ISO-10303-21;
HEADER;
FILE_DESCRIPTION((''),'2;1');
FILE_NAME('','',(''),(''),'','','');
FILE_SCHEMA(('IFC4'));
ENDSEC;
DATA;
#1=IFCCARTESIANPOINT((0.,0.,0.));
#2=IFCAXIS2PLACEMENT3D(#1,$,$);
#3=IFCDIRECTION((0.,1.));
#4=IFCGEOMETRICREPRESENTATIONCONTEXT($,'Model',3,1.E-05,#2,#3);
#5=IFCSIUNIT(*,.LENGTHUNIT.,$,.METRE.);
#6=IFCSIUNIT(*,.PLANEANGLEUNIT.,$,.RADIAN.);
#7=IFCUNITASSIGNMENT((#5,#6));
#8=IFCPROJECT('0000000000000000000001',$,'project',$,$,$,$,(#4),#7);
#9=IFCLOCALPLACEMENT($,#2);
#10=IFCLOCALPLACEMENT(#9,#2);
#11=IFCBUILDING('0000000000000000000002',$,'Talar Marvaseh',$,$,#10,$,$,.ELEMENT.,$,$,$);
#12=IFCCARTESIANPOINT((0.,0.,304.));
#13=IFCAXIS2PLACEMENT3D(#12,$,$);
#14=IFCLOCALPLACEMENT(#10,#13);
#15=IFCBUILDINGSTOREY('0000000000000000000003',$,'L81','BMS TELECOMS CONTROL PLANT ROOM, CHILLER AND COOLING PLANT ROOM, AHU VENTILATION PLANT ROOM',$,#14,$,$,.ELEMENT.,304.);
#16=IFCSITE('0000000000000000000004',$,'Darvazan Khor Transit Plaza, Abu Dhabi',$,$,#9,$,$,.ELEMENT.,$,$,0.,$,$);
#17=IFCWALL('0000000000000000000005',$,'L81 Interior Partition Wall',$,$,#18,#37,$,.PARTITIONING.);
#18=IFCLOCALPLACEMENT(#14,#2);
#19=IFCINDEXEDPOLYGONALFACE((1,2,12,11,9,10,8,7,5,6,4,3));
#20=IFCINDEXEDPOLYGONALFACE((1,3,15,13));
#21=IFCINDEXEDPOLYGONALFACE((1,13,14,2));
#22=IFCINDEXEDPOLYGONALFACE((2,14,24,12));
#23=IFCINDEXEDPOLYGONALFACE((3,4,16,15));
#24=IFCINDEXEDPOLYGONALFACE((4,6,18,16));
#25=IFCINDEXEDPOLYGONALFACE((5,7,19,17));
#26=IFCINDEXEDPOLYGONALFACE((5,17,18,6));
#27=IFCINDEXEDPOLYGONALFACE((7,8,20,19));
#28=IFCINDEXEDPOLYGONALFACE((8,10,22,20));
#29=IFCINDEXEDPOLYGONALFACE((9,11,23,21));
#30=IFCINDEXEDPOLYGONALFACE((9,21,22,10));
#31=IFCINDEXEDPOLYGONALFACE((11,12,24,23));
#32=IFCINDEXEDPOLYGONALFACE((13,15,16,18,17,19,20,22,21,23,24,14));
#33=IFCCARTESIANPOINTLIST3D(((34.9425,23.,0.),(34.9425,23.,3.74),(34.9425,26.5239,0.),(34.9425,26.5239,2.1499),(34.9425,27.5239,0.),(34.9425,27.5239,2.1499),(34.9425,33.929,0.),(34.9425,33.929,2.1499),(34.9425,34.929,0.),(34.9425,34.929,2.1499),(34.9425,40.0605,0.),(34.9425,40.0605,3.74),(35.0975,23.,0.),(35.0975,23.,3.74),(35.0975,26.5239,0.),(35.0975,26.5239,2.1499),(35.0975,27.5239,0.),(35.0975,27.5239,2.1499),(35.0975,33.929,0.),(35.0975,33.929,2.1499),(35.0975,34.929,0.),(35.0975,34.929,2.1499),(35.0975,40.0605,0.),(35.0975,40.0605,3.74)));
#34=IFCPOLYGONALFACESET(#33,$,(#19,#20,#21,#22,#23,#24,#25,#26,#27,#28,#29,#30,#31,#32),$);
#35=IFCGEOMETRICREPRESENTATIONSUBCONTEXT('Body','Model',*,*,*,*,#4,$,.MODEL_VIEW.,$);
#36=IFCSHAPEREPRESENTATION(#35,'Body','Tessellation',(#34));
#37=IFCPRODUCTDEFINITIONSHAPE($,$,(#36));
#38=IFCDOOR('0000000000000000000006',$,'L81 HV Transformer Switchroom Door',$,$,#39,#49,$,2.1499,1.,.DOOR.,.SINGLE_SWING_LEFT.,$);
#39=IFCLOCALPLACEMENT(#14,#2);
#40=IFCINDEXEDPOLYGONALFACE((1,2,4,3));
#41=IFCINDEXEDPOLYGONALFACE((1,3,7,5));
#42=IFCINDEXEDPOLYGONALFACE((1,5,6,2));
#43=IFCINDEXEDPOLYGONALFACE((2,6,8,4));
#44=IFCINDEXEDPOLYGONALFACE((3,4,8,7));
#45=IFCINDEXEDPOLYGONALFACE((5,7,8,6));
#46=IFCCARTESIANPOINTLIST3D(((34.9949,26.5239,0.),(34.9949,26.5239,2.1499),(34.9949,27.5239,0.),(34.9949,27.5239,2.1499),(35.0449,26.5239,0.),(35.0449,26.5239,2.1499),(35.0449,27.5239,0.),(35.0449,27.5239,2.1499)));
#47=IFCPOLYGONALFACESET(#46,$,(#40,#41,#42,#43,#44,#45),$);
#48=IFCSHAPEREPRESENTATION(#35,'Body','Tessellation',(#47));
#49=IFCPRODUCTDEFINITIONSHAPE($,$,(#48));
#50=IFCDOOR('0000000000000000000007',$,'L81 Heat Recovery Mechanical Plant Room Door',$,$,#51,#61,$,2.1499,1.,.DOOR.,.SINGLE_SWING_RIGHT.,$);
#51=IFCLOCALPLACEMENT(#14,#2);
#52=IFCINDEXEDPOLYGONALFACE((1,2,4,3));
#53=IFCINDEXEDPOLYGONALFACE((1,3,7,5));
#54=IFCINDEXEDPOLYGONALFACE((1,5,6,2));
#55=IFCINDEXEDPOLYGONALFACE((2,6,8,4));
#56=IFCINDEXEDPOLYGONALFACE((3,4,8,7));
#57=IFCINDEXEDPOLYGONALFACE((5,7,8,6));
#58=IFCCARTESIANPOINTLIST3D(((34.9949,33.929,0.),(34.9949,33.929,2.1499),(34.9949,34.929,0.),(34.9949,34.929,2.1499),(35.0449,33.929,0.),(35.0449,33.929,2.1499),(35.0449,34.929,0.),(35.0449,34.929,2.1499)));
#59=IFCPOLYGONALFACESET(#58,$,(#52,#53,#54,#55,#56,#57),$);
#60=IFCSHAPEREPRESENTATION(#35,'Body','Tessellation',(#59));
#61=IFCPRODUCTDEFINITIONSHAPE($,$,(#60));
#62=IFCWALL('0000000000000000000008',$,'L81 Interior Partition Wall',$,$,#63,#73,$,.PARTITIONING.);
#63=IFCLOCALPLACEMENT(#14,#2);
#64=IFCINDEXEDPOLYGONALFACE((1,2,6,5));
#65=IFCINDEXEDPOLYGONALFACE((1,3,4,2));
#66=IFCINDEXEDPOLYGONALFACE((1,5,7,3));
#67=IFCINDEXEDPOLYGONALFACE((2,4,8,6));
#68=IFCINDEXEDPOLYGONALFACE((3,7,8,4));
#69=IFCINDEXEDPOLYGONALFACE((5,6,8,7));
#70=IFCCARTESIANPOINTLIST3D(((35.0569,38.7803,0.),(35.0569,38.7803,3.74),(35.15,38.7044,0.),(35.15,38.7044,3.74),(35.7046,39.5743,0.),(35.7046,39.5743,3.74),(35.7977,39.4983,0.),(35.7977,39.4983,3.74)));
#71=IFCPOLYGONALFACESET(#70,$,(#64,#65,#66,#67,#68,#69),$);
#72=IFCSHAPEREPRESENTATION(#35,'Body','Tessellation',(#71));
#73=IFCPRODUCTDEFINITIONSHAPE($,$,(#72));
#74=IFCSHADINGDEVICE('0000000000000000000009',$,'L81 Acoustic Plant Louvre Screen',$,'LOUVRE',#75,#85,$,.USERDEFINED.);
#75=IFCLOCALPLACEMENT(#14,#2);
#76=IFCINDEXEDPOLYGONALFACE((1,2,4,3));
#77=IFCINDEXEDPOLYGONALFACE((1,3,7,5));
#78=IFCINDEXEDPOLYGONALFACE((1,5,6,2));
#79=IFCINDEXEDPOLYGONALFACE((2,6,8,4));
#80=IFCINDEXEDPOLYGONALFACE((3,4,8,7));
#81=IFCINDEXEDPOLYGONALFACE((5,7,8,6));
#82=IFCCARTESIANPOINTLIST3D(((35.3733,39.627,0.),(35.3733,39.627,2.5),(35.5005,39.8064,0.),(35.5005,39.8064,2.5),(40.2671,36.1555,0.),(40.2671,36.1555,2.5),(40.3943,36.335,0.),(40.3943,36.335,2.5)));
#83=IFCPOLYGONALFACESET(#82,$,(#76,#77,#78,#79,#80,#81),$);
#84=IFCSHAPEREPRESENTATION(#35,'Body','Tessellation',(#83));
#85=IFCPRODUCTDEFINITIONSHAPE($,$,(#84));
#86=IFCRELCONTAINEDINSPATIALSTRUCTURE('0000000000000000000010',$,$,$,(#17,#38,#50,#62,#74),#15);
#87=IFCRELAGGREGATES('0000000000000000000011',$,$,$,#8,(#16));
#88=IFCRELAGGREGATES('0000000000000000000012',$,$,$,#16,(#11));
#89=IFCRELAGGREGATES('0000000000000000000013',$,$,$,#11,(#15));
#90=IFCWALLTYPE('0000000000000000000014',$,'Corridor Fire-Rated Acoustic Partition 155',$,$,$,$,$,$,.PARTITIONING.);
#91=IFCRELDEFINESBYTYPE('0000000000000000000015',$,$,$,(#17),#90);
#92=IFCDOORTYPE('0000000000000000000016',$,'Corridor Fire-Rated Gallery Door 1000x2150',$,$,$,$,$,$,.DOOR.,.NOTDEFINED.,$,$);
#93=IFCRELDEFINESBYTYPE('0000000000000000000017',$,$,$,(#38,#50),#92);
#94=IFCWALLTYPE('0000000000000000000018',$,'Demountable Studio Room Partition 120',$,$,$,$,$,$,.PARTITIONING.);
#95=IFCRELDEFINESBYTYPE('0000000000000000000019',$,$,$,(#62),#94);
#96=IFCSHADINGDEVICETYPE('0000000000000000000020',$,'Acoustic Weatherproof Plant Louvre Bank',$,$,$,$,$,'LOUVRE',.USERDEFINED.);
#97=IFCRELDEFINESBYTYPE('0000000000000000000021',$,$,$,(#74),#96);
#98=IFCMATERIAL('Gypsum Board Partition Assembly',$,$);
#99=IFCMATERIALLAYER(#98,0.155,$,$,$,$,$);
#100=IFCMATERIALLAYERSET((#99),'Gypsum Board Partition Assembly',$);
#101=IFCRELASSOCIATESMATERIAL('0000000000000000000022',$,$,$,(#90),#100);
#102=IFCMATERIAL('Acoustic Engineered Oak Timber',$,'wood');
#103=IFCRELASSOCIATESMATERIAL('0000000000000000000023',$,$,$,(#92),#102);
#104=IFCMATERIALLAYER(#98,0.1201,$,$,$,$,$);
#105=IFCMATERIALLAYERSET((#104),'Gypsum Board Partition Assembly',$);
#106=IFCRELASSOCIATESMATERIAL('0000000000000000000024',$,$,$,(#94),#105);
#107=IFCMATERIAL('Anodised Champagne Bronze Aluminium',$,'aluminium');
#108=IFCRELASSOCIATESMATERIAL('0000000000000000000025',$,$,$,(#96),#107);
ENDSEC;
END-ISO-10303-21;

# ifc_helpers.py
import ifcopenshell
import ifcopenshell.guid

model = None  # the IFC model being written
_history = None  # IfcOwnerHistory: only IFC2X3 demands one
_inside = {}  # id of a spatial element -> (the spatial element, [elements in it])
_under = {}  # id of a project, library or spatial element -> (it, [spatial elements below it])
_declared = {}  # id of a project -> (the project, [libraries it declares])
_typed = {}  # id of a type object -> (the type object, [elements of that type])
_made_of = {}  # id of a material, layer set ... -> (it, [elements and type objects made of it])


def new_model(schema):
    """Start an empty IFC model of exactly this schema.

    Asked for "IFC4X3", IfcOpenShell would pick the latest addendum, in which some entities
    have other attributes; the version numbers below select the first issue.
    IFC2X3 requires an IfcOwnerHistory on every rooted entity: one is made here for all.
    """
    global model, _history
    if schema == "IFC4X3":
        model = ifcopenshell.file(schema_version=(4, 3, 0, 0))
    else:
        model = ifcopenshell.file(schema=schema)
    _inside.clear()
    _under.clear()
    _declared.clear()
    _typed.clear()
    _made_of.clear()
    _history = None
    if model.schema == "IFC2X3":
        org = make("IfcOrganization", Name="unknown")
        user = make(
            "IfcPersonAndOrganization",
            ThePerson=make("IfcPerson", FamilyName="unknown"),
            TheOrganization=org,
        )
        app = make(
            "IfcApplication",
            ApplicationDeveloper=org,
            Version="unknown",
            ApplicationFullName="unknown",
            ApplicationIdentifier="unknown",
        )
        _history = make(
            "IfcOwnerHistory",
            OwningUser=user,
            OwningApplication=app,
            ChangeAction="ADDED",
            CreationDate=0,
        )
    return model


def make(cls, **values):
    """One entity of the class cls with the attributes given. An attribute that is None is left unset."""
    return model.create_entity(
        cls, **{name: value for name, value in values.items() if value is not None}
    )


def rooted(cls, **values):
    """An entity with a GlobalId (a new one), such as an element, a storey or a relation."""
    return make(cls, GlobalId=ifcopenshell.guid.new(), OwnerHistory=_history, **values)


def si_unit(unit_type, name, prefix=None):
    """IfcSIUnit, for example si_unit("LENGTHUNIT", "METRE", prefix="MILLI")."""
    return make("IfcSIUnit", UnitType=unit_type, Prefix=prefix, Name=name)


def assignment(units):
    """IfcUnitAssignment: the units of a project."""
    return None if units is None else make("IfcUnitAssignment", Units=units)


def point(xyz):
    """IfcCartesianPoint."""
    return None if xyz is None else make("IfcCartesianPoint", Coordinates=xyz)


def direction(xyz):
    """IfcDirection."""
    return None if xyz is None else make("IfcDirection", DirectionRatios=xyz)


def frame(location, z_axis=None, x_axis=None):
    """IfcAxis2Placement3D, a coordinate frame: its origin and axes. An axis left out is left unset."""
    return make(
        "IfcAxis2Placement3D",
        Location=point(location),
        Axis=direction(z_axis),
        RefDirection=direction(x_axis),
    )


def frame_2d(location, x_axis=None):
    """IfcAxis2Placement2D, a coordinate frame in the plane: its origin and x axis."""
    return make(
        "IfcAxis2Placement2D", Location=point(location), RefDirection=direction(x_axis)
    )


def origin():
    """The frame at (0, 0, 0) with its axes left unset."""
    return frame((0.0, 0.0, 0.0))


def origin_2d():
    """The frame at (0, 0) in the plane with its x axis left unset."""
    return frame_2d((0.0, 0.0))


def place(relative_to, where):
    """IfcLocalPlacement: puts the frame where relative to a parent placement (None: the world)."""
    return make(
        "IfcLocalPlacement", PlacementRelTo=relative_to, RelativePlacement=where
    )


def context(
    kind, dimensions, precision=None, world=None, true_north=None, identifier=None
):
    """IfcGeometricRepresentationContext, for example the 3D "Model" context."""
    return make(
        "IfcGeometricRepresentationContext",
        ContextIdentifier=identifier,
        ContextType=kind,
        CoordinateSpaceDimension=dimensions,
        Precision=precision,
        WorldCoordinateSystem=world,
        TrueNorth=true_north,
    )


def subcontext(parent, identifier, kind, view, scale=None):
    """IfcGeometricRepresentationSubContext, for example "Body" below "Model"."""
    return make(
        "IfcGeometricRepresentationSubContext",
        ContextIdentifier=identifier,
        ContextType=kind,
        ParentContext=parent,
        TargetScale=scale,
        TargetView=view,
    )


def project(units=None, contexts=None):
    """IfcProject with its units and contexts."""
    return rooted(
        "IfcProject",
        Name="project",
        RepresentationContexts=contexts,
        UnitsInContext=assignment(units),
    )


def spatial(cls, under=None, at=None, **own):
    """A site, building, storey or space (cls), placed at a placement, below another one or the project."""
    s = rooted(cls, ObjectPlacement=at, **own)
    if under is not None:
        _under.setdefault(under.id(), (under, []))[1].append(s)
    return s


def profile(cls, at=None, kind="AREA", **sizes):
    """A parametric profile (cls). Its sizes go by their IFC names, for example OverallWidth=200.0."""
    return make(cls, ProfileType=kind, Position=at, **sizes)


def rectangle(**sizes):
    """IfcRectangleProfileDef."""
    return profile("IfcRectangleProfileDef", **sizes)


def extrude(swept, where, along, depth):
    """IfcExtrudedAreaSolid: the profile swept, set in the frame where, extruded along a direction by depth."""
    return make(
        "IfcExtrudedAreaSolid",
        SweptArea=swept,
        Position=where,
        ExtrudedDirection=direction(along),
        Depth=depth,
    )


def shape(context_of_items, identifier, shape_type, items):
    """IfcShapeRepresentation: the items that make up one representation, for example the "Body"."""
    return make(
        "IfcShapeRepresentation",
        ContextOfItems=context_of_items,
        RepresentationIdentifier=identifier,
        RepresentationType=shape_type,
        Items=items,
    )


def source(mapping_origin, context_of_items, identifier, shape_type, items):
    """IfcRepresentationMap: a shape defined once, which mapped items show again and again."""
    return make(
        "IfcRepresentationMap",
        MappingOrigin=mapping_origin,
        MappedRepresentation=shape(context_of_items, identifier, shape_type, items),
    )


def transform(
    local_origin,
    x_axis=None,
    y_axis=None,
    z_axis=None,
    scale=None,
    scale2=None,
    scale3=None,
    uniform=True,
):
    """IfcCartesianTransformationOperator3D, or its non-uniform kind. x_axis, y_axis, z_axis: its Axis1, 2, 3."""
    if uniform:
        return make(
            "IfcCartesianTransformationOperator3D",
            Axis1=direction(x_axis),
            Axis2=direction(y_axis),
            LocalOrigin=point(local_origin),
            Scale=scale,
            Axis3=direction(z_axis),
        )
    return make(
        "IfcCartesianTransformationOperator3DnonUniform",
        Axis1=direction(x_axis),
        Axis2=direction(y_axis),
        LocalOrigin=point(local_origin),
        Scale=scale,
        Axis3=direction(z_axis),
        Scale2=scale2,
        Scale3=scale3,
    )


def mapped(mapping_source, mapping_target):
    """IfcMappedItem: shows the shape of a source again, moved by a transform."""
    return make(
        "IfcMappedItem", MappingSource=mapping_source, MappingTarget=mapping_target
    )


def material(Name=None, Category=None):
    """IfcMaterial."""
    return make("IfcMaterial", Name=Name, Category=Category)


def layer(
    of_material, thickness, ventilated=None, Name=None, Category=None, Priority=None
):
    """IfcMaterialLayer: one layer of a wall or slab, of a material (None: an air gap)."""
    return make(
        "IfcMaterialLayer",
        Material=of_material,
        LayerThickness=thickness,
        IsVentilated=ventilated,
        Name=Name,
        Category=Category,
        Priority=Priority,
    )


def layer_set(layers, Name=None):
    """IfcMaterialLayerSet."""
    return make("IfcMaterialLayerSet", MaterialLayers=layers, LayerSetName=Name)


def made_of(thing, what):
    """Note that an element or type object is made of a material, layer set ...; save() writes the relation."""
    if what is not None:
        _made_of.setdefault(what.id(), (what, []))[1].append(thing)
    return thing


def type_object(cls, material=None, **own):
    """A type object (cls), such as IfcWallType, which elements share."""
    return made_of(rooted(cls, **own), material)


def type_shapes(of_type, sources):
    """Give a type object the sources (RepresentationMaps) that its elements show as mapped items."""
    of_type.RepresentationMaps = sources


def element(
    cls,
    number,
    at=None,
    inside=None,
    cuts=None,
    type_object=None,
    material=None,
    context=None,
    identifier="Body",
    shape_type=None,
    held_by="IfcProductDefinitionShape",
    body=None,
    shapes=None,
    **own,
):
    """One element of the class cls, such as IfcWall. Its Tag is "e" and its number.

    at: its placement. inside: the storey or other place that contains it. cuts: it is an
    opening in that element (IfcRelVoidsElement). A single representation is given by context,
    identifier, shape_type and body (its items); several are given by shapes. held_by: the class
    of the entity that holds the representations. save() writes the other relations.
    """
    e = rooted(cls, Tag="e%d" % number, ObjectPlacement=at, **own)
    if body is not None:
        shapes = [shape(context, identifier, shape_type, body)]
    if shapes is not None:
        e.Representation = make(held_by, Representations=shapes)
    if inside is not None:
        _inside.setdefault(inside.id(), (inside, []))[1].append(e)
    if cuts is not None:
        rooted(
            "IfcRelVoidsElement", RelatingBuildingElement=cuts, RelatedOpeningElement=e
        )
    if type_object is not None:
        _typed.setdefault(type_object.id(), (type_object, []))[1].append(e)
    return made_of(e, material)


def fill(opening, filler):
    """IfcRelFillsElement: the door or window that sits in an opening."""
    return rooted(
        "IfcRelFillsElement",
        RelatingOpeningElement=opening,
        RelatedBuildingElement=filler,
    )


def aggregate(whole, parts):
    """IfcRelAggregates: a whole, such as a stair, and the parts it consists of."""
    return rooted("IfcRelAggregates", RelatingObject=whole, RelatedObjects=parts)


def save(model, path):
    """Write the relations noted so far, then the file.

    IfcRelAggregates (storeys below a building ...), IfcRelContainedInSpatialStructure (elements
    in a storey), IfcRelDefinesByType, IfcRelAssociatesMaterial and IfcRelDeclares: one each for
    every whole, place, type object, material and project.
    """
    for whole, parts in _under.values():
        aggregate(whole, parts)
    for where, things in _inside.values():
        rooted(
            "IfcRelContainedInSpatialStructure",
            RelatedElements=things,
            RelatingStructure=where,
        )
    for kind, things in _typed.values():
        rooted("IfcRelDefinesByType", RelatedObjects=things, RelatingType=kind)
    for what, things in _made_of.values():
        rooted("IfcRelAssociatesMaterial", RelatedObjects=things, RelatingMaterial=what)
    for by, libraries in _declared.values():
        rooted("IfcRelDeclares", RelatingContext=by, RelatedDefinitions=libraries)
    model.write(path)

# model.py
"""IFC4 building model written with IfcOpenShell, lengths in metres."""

from ifc_helpers import new_model, si_unit, direction, frame, frame_2d, origin, origin_2d, place, context, subcontext, project, spatial, rectangle, extrude, source, transform, mapped, material, layer, layer_set, type_object, type_shapes, element, fill, save


model = new_model("IFC4")

# Units and contexts
model_context = context("Model", 3, precision=1e-05, world=origin(), true_north=direction((0.0, 1.0)))
body_context = subcontext(model_context, "Body", "Model", "MODEL_VIEW")
ifc_project = project(units=[si_unit("LENGTHUNIT", "METRE"), si_unit("PLANEANGLEUNIT", "RADIAN")], contexts=[model_context])

# Site, building, storey
site_placement = place(None, origin())
site = spatial("IfcSite", under=ifc_project, at=site_placement, Name="Darvazan Khor Transit Plaza, Abu Dhabi", CompositionType="ELEMENT", RefElevation=0.0)
building_placement = place(site_placement, origin())
building = spatial("IfcBuilding", under=site, at=building_placement, Name="Talar Marvaseh", CompositionType="ELEMENT")
storey_placement = place(building_placement, frame((0.0, 0.0, 304.0)))
storey = spatial("IfcBuildingStorey", under=building, at=storey_placement, Name="L81", Description="BMS TELECOMS CONTROL PLANT ROOM, CHILLER AND COOLING PLANT ROOM, AHU VENTILATION PLANT ROOM", CompositionType="ELEMENT", Elevation=304.0)

# Wall, openings, doors
ifc_material_1 = material(Name="Gypsum Board Partition Assembly")
ifc_layer_1 = layer(ifc_material_1, 0.155)
ifc_layer_set_1 = layer_set([ifc_layer_1], Name="Gypsum Board Partition Assembly")
wall_type_1 = type_object("IfcWallType", Name="Corridor Fire-Rated Acoustic Partition 155", PredefinedType="PARTITIONING", material=ifc_layer_set_1)
wall_1_placement = place(storey_placement, frame((35.02, 40.0605, 0.0), z_axis=(0.0, 0.0, 1.0), x_axis=(0.0, -1.0, 0.0)))
wall_1 = element("IfcWall", 1, at=wall_1_placement, inside=storey, type_object=wall_type_1, Name="L81 Interior Partition Wall", PredefinedType="PARTITIONING", context=body_context, shape_type="SweptSolid", body=[
    extrude(rectangle(XDim=17.0605, YDim=0.155, at=frame_2d((8.5303, 0.0))), origin(), (0.0, 0.0, 1.0), 3.74),
])
opening_1_placement = place(wall_1_placement, frame((12.5366, 0.0, 0.0)))
opening_1 = element("IfcOpeningElement", 2, at=opening_1_placement, cuts=wall_1, PredefinedType="OPENING", context=body_context, shape_type="SweptSolid", body=[
    extrude(rectangle(XDim=1.0, YDim=2.1499, at=frame_2d((0.5, 1.075))), frame((0.0, 0.0874, 0.0), z_axis=(0.0, -1.0, 0.0), x_axis=(1.0, 0.0, 0.0)), (0.0, 0.0, 1.0), 0.175),
])
opening_2_placement = place(wall_1_placement, frame((5.1316, 0.0, 0.0)))
opening_2 = element("IfcOpeningElement", 3, at=opening_2_placement, cuts=wall_1, PredefinedType="OPENING", context=body_context, shape_type="SweptSolid", body=[
    extrude(rectangle(XDim=1.0, YDim=2.1499, at=frame_2d((0.5, 1.075))), frame((0.0, 0.0874, 0.0), z_axis=(0.0, -1.0, 0.0), x_axis=(1.0, 0.0, 0.0)), (0.0, 0.0, 1.0), 0.175),
])
ifc_material_2 = material(Name="Acoustic Engineered Oak Timber", Category="wood")
door_type = type_object("IfcDoorType", Name="Corridor Fire-Rated Gallery Door 1000x2150", OperationType="NOTDEFINED", PredefinedType="DOOR", material=ifc_material_2)
shared_shape_1 = source(origin(), body_context, "Body", "SweptSolid", [
    extrude(rectangle(XDim=1.0, YDim=2.1499, at=frame_2d((0.5, 1.075))), frame((0.0, 0.0249, 0.0), z_axis=(0.0, -1.0, 0.0), x_axis=(1.0, 0.0, 0.0)), (0.0, 0.0, 1.0), 0.05),
])
type_shapes(door_type, [shared_shape_1])
door_1_placement = place(opening_1_placement, origin())
door_1 = element("IfcDoor", 4, at=door_1_placement, inside=storey, type_object=door_type, Name="L81 HV Transformer Switchroom Door", OperationType="SINGLE_SWING_LEFT", OverallHeight=2.1499, OverallWidth=1.0, PredefinedType="DOOR", context=body_context, shape_type="MappedRepresentation", body=[
    mapped(shared_shape_1, transform((0.0, 0.0, 0.0), x_axis=(1.0, 0.0, 0.0), y_axis=(0.0, 1.0, 0.0), z_axis=(0.0, 0.0, 1.0), scale=1.0)),
])
fill(opening_1, door_1)
door_2_placement = place(opening_2_placement, origin())
door_2 = element("IfcDoor", 5, at=door_2_placement, inside=storey, type_object=door_type, Name="L81 Heat Recovery Mechanical Plant Room Door", OperationType="SINGLE_SWING_RIGHT", OverallHeight=2.1499, OverallWidth=1.0, PredefinedType="DOOR", context=body_context, shape_type="MappedRepresentation", body=[
    mapped(shared_shape_1, transform((0.0, 0.0, 0.0), x_axis=(1.0, 0.0, 0.0), y_axis=(0.0, 1.0, 0.0), z_axis=(0.0, 0.0, 1.0), scale=1.0)),
])
fill(opening_2, door_2)

# Wall
ifc_layer_2 = layer(ifc_material_1, 0.1201)
ifc_layer_set_2 = layer_set([ifc_layer_2], Name="Gypsum Board Partition Assembly")
wall_type_2 = type_object("IfcWallType", Name="Demountable Studio Room Partition 120", PredefinedType="PARTITIONING", material=ifc_layer_set_2)
wall_2_placement = place(storey_placement, frame((35.1035, 38.7424, 0.0), z_axis=(0.0, 0.0, 1.0), x_axis=(0.632134, 0.774859, 0.0)))
element("IfcWall", 6, at=wall_2_placement, inside=storey, type_object=wall_type_2, Name="L81 Interior Partition Wall", PredefinedType="PARTITIONING", context=body_context, shape_type="SweptSolid", body=[
    extrude(rectangle(XDim=1.0247, YDim=0.1201, at=frame_2d((0.5122, 0.0))), origin(), (0.0, 0.0, 1.0), 3.74),
])

# Shading device
ifc_material_3 = material(Name="Anodised Champagne Bronze Aluminium", Category="aluminium")
shading_device_type = type_object("IfcShadingDeviceType", Name="Acoustic Weatherproof Plant Louvre Bank", ElementType="LOUVRE", PredefinedType="USERDEFINED", material=ifc_material_3)
shared_shape_2 = source(origin(), body_context, "Body", "SweptSolid", [
    extrude(rectangle(XDim=6.0, YDim=0.22, at=origin_2d()), origin(), (0.0, 0.0, 1.0), 2.5),
])
type_shapes(shading_device_type, [shared_shape_2])
shading_device_placement = place(storey_placement, frame((37.8838, 37.981, 0.0), z_axis=(0.0, 0.0, 1.0), x_axis=(0.815633, -0.57857, 0.0)))
element("IfcShadingDevice", 7, at=shading_device_placement, inside=storey, type_object=shading_device_type, Name="L81 Acoustic Plant Louvre Screen", ObjectType="LOUVRE", PredefinedType="USERDEFINED", context=body_context, shape_type="MappedRepresentation", body=[
    mapped(shared_shape_2, transform((0.0, 0.0, 0.0), x_axis=(1.0, 0.0, 0.0), y_axis=(0.0, 1.0, 0.0), z_axis=(0.0, 0.0, 1.0), scale=1.0)),
])

save(model, "model.ifc")
